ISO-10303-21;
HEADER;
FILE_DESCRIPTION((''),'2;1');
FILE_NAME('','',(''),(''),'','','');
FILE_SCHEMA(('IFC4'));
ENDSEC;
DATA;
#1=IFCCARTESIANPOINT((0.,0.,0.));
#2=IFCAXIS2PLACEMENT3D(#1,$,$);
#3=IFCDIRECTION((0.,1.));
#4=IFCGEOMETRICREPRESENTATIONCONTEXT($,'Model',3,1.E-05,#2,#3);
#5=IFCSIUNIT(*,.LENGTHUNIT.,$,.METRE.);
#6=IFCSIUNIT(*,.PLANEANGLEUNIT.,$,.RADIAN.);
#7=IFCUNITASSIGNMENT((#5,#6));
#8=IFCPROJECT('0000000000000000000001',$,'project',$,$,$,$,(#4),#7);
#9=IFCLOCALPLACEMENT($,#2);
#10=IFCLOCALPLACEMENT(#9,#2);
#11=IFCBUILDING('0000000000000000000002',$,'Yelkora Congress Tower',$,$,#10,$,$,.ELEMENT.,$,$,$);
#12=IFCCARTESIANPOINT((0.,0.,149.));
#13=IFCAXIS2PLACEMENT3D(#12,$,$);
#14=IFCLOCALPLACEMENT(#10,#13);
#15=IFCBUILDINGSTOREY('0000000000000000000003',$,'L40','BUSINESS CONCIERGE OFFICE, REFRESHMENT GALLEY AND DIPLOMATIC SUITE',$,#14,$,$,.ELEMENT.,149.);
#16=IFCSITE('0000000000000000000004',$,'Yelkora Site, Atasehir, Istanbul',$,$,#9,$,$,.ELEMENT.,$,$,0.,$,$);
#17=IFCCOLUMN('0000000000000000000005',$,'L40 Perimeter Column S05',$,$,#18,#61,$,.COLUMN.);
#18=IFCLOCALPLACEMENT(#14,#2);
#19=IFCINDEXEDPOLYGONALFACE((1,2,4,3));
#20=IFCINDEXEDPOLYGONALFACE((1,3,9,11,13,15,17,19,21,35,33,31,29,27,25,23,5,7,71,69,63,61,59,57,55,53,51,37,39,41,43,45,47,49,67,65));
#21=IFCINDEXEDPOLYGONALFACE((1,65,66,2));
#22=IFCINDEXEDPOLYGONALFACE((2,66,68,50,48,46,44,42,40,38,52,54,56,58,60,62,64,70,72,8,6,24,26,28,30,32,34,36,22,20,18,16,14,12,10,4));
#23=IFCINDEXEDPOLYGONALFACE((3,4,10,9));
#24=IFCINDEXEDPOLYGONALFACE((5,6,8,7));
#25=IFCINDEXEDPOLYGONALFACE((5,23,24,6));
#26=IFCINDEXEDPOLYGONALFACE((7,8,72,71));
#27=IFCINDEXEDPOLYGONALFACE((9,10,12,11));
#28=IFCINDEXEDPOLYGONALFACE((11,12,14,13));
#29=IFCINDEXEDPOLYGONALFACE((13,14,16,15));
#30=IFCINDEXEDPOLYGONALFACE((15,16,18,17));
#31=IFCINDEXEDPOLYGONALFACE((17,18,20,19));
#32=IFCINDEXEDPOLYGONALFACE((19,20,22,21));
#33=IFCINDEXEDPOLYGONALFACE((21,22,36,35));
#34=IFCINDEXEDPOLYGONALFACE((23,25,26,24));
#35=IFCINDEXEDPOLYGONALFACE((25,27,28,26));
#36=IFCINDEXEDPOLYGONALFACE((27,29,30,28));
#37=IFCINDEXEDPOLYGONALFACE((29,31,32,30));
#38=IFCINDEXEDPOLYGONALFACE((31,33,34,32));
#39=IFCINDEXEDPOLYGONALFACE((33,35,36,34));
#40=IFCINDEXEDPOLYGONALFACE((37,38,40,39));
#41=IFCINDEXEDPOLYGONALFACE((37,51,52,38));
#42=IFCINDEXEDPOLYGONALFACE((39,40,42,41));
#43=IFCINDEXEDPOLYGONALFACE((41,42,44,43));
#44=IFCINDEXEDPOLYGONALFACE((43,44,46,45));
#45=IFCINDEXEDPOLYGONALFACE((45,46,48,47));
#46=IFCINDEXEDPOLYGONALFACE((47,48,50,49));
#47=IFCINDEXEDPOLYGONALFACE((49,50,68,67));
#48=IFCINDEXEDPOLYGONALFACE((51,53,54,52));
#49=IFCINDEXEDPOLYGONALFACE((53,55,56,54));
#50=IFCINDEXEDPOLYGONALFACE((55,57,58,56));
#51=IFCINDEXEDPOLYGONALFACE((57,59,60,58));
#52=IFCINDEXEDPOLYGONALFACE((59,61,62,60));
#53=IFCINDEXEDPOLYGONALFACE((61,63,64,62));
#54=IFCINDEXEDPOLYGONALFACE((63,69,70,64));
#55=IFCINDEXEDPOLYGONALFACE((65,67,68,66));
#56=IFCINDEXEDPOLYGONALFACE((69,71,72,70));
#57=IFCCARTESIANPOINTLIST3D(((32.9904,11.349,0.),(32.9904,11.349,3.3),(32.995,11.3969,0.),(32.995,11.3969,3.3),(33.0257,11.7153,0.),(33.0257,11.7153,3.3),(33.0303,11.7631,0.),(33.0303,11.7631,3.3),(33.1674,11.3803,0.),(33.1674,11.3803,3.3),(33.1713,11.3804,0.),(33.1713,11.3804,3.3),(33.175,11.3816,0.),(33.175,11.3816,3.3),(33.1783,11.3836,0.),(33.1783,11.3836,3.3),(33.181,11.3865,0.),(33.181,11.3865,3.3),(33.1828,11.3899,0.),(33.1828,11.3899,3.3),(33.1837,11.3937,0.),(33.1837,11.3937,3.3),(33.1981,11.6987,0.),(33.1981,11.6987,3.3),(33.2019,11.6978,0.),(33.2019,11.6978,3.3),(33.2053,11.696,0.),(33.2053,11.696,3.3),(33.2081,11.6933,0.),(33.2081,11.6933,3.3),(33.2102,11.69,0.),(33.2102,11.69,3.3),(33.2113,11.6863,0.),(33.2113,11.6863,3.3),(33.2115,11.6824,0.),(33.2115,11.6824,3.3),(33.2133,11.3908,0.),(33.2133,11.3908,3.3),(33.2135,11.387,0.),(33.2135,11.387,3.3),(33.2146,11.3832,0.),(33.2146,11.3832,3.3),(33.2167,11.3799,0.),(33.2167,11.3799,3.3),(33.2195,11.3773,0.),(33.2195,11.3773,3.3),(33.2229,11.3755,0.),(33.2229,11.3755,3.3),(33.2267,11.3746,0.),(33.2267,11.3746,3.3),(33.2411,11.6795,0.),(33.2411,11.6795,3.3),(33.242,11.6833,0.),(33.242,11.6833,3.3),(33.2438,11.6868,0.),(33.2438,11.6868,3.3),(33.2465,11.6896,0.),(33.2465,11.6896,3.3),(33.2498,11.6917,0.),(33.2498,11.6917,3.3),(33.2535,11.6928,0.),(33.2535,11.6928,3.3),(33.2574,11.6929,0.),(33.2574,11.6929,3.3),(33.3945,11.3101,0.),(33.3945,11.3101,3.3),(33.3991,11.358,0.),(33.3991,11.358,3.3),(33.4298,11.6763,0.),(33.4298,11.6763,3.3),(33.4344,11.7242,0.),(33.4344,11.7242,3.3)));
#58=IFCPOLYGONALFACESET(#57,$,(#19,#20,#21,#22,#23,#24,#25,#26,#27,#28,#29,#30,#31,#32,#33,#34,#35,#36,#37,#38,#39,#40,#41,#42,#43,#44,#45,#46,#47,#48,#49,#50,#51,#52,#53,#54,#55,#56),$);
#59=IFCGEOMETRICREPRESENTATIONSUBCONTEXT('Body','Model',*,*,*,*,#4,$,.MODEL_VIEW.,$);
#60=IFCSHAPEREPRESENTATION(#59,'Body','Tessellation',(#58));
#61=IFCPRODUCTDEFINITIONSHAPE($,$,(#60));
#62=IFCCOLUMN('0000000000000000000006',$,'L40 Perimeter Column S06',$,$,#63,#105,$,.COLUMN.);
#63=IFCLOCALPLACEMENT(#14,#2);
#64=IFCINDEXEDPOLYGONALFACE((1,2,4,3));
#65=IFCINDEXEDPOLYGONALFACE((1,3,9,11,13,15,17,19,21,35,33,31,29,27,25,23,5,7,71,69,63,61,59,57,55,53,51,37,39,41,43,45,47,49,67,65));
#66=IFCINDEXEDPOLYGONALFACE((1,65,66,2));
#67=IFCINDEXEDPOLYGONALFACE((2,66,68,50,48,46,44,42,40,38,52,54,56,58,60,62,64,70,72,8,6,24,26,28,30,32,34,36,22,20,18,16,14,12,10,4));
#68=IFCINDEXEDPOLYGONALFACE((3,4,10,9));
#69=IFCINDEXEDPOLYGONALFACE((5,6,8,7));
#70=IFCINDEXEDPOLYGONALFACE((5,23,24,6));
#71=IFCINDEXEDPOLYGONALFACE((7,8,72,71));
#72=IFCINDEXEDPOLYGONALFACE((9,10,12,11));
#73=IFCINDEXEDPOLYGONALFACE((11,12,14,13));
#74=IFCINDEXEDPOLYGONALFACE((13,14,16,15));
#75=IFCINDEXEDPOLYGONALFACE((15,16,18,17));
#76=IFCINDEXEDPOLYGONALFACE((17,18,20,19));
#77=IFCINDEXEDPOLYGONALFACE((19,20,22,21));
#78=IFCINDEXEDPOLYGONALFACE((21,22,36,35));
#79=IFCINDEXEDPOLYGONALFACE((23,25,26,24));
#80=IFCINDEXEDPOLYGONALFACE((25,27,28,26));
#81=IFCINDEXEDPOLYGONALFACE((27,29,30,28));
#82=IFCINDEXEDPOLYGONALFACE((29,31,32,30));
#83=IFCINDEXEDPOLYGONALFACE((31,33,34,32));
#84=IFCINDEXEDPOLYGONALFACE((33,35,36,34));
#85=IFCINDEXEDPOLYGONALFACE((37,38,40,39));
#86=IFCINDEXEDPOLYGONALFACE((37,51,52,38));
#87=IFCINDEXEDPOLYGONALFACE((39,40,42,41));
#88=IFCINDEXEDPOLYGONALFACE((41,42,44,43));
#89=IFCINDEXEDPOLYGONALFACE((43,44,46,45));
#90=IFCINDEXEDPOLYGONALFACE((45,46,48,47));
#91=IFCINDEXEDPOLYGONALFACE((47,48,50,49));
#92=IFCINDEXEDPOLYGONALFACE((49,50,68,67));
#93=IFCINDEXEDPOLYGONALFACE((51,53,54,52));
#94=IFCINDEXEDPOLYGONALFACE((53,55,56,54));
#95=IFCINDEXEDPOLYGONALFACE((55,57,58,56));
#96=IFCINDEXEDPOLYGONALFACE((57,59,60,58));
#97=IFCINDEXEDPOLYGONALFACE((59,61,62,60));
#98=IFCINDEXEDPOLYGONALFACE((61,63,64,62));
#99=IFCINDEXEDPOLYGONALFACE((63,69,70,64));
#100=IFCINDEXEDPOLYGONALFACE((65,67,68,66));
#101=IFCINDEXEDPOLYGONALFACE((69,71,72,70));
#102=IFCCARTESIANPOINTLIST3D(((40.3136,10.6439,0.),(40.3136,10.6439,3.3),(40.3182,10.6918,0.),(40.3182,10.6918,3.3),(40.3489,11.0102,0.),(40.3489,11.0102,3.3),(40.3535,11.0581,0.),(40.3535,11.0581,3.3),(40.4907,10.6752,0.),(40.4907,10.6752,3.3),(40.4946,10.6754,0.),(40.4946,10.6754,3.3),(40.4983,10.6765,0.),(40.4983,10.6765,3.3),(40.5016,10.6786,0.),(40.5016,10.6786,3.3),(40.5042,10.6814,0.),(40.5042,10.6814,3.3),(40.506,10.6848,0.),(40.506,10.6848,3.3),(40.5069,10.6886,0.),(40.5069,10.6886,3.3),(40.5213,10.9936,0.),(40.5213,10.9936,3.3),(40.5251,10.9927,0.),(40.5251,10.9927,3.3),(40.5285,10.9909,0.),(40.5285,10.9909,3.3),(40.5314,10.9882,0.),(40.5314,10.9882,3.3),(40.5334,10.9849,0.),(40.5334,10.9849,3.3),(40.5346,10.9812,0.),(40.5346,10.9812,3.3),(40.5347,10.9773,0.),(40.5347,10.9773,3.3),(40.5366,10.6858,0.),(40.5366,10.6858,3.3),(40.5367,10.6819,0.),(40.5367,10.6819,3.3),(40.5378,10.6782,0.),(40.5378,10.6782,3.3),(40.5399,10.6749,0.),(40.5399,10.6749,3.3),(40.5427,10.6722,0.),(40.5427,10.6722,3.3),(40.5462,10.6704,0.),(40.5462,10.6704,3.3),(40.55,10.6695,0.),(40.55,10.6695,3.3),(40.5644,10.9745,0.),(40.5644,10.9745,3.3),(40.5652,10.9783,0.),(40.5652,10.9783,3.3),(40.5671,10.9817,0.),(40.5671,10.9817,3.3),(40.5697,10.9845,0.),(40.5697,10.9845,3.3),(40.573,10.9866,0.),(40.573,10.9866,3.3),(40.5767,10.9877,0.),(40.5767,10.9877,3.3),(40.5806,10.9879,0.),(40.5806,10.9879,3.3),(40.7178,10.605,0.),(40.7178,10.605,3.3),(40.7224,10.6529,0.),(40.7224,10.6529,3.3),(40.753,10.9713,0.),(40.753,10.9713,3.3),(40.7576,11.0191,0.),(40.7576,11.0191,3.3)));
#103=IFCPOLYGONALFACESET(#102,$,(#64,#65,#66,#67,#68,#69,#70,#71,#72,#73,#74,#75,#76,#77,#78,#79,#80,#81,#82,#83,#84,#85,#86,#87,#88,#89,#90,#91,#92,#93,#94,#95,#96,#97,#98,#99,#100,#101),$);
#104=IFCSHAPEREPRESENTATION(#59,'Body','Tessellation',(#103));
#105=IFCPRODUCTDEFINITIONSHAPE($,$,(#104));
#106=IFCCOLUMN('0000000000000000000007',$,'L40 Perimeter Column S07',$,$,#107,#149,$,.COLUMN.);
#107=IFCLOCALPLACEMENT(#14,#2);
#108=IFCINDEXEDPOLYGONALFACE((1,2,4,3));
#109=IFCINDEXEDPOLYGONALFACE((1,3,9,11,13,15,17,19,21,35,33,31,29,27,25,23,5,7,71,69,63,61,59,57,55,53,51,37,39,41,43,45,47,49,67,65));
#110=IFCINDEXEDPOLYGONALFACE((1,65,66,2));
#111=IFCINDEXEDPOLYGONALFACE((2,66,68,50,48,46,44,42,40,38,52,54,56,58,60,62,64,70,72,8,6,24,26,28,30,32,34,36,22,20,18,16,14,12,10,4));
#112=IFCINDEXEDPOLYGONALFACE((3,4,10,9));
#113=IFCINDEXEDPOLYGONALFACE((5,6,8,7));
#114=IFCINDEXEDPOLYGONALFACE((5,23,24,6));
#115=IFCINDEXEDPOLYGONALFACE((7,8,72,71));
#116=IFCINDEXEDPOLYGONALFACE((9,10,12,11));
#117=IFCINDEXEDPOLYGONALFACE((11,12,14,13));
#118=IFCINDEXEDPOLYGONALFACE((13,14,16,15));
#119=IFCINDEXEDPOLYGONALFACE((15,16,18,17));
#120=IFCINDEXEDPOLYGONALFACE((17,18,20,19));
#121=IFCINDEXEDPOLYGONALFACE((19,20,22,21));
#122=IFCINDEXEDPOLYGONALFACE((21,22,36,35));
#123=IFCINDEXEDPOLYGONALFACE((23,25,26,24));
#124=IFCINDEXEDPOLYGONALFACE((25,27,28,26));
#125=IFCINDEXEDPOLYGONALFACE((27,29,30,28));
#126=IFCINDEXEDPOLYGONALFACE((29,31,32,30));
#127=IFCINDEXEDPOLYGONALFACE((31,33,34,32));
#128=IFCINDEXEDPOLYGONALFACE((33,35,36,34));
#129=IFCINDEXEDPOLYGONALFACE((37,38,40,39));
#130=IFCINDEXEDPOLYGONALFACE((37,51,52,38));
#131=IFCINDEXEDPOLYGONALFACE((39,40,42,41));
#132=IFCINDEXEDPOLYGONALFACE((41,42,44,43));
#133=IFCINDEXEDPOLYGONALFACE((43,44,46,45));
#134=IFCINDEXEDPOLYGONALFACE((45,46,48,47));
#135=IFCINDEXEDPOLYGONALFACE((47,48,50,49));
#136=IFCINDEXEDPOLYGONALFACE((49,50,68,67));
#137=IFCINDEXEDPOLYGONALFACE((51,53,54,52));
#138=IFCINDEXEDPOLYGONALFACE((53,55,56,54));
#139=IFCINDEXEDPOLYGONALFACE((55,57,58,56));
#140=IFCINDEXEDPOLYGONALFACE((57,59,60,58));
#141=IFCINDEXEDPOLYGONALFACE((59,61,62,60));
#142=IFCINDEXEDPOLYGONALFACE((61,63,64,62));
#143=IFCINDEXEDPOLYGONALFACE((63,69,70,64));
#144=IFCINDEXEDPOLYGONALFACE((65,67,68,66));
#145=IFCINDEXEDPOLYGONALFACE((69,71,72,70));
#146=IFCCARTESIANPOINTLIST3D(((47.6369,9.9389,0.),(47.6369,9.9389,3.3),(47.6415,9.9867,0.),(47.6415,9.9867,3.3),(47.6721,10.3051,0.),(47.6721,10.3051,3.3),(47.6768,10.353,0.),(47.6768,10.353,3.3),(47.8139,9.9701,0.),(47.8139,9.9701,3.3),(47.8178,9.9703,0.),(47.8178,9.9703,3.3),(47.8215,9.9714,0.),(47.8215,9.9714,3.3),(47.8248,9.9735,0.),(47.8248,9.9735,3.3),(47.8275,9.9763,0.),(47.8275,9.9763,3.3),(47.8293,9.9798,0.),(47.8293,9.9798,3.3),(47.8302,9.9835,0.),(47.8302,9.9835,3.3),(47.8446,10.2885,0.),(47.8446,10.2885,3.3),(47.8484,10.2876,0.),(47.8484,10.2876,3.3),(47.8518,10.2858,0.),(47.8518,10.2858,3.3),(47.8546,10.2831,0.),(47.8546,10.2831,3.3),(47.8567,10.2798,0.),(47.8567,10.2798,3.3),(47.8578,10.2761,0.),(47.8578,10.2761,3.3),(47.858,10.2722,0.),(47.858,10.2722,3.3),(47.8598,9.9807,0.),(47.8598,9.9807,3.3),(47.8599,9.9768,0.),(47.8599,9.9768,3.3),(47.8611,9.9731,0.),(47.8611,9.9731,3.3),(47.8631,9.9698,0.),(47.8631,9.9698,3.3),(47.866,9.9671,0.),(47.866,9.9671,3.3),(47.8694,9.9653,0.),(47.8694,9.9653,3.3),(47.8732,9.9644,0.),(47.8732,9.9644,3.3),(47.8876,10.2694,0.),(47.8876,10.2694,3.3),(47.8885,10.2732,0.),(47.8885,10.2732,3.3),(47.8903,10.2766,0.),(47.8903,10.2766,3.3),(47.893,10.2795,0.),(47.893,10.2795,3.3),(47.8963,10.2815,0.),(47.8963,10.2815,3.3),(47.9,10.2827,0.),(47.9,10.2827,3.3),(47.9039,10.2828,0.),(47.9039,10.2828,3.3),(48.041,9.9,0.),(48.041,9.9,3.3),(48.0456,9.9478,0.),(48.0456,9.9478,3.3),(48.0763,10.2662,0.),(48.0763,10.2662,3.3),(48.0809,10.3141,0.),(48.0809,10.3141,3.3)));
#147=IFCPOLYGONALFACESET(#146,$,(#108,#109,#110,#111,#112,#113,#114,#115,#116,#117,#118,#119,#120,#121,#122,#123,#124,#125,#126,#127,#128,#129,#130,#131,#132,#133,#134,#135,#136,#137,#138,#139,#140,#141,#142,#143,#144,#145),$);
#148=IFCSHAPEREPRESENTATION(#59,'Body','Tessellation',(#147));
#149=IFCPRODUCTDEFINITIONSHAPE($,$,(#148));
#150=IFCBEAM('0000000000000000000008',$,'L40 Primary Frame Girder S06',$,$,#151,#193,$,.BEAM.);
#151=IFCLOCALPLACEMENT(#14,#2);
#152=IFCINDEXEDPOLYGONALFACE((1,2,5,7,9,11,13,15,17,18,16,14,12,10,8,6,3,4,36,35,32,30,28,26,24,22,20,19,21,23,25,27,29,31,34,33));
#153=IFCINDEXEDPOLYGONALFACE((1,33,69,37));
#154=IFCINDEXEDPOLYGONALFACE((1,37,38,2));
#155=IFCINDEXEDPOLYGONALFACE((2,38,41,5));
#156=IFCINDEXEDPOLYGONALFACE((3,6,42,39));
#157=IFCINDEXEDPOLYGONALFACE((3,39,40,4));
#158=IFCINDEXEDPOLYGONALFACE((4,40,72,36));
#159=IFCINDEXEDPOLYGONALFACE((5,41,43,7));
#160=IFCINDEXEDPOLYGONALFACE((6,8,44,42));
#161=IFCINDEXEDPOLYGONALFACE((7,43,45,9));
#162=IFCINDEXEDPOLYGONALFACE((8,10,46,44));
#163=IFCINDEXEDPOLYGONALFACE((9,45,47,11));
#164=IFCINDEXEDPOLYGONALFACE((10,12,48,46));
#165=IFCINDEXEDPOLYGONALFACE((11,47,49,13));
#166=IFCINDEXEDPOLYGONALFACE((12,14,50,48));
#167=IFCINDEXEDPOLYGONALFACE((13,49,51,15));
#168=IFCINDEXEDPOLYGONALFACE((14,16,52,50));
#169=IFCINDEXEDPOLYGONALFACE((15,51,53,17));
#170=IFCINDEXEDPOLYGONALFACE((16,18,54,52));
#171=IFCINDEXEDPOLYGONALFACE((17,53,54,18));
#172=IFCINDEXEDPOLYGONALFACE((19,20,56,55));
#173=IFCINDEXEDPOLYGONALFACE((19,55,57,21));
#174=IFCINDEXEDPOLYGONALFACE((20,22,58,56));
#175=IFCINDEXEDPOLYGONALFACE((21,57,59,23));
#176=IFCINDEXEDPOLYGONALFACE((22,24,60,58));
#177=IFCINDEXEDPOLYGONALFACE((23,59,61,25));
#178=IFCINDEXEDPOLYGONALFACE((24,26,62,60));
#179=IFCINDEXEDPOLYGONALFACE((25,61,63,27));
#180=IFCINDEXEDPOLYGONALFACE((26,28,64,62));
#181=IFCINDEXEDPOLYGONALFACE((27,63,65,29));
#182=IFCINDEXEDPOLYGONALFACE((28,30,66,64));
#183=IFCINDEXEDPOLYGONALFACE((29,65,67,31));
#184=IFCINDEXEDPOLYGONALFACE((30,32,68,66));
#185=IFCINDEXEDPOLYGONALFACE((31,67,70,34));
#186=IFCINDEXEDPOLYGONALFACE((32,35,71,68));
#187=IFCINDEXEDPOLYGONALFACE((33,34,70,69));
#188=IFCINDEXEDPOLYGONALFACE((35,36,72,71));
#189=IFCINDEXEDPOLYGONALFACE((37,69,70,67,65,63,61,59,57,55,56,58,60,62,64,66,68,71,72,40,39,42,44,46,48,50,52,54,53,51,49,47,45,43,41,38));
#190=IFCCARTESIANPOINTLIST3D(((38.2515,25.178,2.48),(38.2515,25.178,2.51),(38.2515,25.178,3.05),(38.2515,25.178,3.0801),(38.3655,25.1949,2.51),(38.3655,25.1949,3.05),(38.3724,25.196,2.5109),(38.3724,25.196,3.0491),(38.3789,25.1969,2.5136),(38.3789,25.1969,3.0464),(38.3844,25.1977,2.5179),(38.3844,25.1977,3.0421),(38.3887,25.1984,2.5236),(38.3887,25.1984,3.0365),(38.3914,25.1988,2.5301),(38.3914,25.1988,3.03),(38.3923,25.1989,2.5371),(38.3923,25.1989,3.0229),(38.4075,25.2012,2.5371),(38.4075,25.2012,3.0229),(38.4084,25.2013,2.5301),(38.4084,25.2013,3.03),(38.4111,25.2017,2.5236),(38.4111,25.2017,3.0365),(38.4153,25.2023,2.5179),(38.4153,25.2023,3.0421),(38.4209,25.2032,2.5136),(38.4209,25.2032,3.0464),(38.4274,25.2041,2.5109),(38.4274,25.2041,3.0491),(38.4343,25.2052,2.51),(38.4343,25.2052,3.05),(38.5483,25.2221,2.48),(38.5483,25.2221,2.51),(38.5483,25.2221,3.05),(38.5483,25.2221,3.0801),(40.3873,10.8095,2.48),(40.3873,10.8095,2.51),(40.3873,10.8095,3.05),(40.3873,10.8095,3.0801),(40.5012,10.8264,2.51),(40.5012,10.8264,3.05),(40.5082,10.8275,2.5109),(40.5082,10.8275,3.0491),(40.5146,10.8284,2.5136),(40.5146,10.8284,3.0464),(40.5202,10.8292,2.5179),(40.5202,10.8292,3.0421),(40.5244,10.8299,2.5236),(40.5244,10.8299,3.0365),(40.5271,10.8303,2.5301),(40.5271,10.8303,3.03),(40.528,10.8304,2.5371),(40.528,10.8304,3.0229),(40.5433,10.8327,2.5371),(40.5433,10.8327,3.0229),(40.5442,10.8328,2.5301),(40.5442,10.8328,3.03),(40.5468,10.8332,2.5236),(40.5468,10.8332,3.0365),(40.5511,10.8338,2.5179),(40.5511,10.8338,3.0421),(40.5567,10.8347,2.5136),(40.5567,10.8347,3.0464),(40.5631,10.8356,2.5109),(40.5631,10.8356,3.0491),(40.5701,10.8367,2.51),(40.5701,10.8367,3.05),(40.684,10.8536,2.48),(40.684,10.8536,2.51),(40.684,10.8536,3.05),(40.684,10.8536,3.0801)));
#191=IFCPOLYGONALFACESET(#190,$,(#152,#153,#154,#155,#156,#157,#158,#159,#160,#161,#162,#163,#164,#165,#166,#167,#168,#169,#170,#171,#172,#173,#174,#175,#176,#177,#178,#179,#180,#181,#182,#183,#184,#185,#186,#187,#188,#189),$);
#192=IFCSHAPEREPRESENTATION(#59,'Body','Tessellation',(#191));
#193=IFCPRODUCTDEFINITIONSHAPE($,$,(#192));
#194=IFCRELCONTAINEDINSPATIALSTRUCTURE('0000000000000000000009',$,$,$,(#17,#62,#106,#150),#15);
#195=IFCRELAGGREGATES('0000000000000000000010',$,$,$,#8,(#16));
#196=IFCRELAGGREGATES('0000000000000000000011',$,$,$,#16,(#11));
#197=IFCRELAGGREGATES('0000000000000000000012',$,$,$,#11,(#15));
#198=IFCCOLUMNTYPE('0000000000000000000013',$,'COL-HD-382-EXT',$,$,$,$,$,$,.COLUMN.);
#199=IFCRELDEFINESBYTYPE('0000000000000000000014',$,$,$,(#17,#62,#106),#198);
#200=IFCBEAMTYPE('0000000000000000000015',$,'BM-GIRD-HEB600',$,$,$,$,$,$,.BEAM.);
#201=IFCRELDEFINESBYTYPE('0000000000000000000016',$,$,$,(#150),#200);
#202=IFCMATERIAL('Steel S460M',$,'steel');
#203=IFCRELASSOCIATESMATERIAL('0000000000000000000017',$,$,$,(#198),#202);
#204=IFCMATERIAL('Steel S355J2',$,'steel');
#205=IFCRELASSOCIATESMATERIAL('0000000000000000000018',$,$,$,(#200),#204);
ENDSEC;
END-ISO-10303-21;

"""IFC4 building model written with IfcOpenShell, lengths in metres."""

from ifc_helpers import new_model, si_unit, direction, frame, origin, origin_2d, place, context, subcontext, project, spatial, i_section, extrude, material, material_profile, profile_set, type_object, element, save


model = new_model("IFC4")

# Units and contexts
model_context = context("Model", 3, precision=1e-05, world=origin(), true_north=direction((0.0, 1.0)))
body_context = subcontext(model_context, "Body", "Model", "MODEL_VIEW")
ifc_project = project(units=[si_unit("LENGTHUNIT", "METRE"), si_unit("PLANEANGLEUNIT", "RADIAN")], contexts=[model_context])

# Site, building, storey
site_placement = place(None, origin())
site = spatial("IfcSite", under=ifc_project, at=site_placement, Name="Yelkora Site, Atasehir, Istanbul", CompositionType="ELEMENT", RefElevation=0.0)
building_placement = place(site_placement, origin())
building = spatial("IfcBuilding", under=site, at=building_placement, Name="Yelkora Congress Tower", CompositionType="ELEMENT")
storey_placement = place(building_placement, frame((0.0, 0.0, 149.0)))
storey = spatial("IfcBuildingStorey", under=building, at=storey_placement, Name="L40", Description="BUSINESS CONCIERGE OFFICE, REFRESHMENT GALLEY AND DIPLOMATIC SUITE", CompositionType="ELEMENT", Elevation=149.0)

# Columns
ifc_material_1 = material(Name="Steel S460M", Category="steel")
ifc_material_profile_1 = material_profile(ifc_material_1, i_section(OverallWidth=0.406, OverallDepth=0.416, WebThickness=0.0298, FlangeThickness=0.0481, FilletRadius=0.0149, at=origin_2d()), Name="HD 400x382")
ifc_profile_set_1 = profile_set([ifc_material_profile_1], Name="Steel S460M")
column_type = type_object("IfcColumnType", Name="COL-HD-382-EXT", PredefinedType="COLUMN", material=ifc_profile_set_1)
for number, where, z_axis, x_axis, name in (
    (1, (33.2124, 11.5366, 0.0), (0.0, 0.0, 1.0), (0.995396, -0.095846, 0.0), "L40 Perimeter Column S05"),
    (2, (40.5356, 10.8315, 0.0), (0.0, 0.0, 1.0), (0.995396, -0.095846, 0.0), "L40 Perimeter Column S06"),
    (3, (47.8589, 10.1265, 0.0), (0.0, 0.0, 1.0), (0.995396, -0.095846, 0.0), "L40 Perimeter Column S07"),
):
    element("IfcColumn", number, at=place(storey_placement, frame(where, z_axis=z_axis, x_axis=x_axis)), inside=storey, type_object=column_type, Name=name, PredefinedType="COLUMN", context=body_context, shape_type="SweptSolid", body=[
        extrude(i_section(OverallWidth=0.406, OverallDepth=0.416, WebThickness=0.0298, FlangeThickness=0.0481, FilletRadius=0.0149, at=origin_2d()), origin(), (0.0, 0.0, 1.0), 3.3),
    ])

# Beam
ifc_material_2 = material(Name="Steel S355J2", Category="steel")
ifc_material_profile_2 = material_profile(ifc_material_2, i_section(OverallWidth=0.3, OverallDepth=0.6001, WebThickness=0.0154, FlangeThickness=0.03, FilletRadius=0.0271, at=origin_2d()), Name="HEB 600")
ifc_profile_set_2 = profile_set([ifc_material_profile_2], Name="Steel S355J2")
beam_type_1 = type_object("IfcBeamType", Name="BM-GIRD-HEB600", PredefinedType="BEAM", material=ifc_profile_set_2)
beam_1_placement = place(storey_placement, frame((40.5356, 10.8315, 2.78), z_axis=(-0.147026, 0.989133, 0.0), x_axis=(-0.989133, -0.147026, 0.0)))
element("IfcBeam", 4, at=beam_1_placement, inside=storey, type_object=beam_type_1, Name="L40 Primary Frame Girder S06", PredefinedType="BEAM", context=body_context, shape_type="SweptSolid", body=[
    extrude(i_section(OverallWidth=0.3, OverallDepth=0.6001, WebThickness=0.0154, FlangeThickness=0.03, FilletRadius=0.0271, at=origin_2d()), origin(), (0.0, 0.0, 1.0), 14.5264),
])

save(model, "model.ifc")
